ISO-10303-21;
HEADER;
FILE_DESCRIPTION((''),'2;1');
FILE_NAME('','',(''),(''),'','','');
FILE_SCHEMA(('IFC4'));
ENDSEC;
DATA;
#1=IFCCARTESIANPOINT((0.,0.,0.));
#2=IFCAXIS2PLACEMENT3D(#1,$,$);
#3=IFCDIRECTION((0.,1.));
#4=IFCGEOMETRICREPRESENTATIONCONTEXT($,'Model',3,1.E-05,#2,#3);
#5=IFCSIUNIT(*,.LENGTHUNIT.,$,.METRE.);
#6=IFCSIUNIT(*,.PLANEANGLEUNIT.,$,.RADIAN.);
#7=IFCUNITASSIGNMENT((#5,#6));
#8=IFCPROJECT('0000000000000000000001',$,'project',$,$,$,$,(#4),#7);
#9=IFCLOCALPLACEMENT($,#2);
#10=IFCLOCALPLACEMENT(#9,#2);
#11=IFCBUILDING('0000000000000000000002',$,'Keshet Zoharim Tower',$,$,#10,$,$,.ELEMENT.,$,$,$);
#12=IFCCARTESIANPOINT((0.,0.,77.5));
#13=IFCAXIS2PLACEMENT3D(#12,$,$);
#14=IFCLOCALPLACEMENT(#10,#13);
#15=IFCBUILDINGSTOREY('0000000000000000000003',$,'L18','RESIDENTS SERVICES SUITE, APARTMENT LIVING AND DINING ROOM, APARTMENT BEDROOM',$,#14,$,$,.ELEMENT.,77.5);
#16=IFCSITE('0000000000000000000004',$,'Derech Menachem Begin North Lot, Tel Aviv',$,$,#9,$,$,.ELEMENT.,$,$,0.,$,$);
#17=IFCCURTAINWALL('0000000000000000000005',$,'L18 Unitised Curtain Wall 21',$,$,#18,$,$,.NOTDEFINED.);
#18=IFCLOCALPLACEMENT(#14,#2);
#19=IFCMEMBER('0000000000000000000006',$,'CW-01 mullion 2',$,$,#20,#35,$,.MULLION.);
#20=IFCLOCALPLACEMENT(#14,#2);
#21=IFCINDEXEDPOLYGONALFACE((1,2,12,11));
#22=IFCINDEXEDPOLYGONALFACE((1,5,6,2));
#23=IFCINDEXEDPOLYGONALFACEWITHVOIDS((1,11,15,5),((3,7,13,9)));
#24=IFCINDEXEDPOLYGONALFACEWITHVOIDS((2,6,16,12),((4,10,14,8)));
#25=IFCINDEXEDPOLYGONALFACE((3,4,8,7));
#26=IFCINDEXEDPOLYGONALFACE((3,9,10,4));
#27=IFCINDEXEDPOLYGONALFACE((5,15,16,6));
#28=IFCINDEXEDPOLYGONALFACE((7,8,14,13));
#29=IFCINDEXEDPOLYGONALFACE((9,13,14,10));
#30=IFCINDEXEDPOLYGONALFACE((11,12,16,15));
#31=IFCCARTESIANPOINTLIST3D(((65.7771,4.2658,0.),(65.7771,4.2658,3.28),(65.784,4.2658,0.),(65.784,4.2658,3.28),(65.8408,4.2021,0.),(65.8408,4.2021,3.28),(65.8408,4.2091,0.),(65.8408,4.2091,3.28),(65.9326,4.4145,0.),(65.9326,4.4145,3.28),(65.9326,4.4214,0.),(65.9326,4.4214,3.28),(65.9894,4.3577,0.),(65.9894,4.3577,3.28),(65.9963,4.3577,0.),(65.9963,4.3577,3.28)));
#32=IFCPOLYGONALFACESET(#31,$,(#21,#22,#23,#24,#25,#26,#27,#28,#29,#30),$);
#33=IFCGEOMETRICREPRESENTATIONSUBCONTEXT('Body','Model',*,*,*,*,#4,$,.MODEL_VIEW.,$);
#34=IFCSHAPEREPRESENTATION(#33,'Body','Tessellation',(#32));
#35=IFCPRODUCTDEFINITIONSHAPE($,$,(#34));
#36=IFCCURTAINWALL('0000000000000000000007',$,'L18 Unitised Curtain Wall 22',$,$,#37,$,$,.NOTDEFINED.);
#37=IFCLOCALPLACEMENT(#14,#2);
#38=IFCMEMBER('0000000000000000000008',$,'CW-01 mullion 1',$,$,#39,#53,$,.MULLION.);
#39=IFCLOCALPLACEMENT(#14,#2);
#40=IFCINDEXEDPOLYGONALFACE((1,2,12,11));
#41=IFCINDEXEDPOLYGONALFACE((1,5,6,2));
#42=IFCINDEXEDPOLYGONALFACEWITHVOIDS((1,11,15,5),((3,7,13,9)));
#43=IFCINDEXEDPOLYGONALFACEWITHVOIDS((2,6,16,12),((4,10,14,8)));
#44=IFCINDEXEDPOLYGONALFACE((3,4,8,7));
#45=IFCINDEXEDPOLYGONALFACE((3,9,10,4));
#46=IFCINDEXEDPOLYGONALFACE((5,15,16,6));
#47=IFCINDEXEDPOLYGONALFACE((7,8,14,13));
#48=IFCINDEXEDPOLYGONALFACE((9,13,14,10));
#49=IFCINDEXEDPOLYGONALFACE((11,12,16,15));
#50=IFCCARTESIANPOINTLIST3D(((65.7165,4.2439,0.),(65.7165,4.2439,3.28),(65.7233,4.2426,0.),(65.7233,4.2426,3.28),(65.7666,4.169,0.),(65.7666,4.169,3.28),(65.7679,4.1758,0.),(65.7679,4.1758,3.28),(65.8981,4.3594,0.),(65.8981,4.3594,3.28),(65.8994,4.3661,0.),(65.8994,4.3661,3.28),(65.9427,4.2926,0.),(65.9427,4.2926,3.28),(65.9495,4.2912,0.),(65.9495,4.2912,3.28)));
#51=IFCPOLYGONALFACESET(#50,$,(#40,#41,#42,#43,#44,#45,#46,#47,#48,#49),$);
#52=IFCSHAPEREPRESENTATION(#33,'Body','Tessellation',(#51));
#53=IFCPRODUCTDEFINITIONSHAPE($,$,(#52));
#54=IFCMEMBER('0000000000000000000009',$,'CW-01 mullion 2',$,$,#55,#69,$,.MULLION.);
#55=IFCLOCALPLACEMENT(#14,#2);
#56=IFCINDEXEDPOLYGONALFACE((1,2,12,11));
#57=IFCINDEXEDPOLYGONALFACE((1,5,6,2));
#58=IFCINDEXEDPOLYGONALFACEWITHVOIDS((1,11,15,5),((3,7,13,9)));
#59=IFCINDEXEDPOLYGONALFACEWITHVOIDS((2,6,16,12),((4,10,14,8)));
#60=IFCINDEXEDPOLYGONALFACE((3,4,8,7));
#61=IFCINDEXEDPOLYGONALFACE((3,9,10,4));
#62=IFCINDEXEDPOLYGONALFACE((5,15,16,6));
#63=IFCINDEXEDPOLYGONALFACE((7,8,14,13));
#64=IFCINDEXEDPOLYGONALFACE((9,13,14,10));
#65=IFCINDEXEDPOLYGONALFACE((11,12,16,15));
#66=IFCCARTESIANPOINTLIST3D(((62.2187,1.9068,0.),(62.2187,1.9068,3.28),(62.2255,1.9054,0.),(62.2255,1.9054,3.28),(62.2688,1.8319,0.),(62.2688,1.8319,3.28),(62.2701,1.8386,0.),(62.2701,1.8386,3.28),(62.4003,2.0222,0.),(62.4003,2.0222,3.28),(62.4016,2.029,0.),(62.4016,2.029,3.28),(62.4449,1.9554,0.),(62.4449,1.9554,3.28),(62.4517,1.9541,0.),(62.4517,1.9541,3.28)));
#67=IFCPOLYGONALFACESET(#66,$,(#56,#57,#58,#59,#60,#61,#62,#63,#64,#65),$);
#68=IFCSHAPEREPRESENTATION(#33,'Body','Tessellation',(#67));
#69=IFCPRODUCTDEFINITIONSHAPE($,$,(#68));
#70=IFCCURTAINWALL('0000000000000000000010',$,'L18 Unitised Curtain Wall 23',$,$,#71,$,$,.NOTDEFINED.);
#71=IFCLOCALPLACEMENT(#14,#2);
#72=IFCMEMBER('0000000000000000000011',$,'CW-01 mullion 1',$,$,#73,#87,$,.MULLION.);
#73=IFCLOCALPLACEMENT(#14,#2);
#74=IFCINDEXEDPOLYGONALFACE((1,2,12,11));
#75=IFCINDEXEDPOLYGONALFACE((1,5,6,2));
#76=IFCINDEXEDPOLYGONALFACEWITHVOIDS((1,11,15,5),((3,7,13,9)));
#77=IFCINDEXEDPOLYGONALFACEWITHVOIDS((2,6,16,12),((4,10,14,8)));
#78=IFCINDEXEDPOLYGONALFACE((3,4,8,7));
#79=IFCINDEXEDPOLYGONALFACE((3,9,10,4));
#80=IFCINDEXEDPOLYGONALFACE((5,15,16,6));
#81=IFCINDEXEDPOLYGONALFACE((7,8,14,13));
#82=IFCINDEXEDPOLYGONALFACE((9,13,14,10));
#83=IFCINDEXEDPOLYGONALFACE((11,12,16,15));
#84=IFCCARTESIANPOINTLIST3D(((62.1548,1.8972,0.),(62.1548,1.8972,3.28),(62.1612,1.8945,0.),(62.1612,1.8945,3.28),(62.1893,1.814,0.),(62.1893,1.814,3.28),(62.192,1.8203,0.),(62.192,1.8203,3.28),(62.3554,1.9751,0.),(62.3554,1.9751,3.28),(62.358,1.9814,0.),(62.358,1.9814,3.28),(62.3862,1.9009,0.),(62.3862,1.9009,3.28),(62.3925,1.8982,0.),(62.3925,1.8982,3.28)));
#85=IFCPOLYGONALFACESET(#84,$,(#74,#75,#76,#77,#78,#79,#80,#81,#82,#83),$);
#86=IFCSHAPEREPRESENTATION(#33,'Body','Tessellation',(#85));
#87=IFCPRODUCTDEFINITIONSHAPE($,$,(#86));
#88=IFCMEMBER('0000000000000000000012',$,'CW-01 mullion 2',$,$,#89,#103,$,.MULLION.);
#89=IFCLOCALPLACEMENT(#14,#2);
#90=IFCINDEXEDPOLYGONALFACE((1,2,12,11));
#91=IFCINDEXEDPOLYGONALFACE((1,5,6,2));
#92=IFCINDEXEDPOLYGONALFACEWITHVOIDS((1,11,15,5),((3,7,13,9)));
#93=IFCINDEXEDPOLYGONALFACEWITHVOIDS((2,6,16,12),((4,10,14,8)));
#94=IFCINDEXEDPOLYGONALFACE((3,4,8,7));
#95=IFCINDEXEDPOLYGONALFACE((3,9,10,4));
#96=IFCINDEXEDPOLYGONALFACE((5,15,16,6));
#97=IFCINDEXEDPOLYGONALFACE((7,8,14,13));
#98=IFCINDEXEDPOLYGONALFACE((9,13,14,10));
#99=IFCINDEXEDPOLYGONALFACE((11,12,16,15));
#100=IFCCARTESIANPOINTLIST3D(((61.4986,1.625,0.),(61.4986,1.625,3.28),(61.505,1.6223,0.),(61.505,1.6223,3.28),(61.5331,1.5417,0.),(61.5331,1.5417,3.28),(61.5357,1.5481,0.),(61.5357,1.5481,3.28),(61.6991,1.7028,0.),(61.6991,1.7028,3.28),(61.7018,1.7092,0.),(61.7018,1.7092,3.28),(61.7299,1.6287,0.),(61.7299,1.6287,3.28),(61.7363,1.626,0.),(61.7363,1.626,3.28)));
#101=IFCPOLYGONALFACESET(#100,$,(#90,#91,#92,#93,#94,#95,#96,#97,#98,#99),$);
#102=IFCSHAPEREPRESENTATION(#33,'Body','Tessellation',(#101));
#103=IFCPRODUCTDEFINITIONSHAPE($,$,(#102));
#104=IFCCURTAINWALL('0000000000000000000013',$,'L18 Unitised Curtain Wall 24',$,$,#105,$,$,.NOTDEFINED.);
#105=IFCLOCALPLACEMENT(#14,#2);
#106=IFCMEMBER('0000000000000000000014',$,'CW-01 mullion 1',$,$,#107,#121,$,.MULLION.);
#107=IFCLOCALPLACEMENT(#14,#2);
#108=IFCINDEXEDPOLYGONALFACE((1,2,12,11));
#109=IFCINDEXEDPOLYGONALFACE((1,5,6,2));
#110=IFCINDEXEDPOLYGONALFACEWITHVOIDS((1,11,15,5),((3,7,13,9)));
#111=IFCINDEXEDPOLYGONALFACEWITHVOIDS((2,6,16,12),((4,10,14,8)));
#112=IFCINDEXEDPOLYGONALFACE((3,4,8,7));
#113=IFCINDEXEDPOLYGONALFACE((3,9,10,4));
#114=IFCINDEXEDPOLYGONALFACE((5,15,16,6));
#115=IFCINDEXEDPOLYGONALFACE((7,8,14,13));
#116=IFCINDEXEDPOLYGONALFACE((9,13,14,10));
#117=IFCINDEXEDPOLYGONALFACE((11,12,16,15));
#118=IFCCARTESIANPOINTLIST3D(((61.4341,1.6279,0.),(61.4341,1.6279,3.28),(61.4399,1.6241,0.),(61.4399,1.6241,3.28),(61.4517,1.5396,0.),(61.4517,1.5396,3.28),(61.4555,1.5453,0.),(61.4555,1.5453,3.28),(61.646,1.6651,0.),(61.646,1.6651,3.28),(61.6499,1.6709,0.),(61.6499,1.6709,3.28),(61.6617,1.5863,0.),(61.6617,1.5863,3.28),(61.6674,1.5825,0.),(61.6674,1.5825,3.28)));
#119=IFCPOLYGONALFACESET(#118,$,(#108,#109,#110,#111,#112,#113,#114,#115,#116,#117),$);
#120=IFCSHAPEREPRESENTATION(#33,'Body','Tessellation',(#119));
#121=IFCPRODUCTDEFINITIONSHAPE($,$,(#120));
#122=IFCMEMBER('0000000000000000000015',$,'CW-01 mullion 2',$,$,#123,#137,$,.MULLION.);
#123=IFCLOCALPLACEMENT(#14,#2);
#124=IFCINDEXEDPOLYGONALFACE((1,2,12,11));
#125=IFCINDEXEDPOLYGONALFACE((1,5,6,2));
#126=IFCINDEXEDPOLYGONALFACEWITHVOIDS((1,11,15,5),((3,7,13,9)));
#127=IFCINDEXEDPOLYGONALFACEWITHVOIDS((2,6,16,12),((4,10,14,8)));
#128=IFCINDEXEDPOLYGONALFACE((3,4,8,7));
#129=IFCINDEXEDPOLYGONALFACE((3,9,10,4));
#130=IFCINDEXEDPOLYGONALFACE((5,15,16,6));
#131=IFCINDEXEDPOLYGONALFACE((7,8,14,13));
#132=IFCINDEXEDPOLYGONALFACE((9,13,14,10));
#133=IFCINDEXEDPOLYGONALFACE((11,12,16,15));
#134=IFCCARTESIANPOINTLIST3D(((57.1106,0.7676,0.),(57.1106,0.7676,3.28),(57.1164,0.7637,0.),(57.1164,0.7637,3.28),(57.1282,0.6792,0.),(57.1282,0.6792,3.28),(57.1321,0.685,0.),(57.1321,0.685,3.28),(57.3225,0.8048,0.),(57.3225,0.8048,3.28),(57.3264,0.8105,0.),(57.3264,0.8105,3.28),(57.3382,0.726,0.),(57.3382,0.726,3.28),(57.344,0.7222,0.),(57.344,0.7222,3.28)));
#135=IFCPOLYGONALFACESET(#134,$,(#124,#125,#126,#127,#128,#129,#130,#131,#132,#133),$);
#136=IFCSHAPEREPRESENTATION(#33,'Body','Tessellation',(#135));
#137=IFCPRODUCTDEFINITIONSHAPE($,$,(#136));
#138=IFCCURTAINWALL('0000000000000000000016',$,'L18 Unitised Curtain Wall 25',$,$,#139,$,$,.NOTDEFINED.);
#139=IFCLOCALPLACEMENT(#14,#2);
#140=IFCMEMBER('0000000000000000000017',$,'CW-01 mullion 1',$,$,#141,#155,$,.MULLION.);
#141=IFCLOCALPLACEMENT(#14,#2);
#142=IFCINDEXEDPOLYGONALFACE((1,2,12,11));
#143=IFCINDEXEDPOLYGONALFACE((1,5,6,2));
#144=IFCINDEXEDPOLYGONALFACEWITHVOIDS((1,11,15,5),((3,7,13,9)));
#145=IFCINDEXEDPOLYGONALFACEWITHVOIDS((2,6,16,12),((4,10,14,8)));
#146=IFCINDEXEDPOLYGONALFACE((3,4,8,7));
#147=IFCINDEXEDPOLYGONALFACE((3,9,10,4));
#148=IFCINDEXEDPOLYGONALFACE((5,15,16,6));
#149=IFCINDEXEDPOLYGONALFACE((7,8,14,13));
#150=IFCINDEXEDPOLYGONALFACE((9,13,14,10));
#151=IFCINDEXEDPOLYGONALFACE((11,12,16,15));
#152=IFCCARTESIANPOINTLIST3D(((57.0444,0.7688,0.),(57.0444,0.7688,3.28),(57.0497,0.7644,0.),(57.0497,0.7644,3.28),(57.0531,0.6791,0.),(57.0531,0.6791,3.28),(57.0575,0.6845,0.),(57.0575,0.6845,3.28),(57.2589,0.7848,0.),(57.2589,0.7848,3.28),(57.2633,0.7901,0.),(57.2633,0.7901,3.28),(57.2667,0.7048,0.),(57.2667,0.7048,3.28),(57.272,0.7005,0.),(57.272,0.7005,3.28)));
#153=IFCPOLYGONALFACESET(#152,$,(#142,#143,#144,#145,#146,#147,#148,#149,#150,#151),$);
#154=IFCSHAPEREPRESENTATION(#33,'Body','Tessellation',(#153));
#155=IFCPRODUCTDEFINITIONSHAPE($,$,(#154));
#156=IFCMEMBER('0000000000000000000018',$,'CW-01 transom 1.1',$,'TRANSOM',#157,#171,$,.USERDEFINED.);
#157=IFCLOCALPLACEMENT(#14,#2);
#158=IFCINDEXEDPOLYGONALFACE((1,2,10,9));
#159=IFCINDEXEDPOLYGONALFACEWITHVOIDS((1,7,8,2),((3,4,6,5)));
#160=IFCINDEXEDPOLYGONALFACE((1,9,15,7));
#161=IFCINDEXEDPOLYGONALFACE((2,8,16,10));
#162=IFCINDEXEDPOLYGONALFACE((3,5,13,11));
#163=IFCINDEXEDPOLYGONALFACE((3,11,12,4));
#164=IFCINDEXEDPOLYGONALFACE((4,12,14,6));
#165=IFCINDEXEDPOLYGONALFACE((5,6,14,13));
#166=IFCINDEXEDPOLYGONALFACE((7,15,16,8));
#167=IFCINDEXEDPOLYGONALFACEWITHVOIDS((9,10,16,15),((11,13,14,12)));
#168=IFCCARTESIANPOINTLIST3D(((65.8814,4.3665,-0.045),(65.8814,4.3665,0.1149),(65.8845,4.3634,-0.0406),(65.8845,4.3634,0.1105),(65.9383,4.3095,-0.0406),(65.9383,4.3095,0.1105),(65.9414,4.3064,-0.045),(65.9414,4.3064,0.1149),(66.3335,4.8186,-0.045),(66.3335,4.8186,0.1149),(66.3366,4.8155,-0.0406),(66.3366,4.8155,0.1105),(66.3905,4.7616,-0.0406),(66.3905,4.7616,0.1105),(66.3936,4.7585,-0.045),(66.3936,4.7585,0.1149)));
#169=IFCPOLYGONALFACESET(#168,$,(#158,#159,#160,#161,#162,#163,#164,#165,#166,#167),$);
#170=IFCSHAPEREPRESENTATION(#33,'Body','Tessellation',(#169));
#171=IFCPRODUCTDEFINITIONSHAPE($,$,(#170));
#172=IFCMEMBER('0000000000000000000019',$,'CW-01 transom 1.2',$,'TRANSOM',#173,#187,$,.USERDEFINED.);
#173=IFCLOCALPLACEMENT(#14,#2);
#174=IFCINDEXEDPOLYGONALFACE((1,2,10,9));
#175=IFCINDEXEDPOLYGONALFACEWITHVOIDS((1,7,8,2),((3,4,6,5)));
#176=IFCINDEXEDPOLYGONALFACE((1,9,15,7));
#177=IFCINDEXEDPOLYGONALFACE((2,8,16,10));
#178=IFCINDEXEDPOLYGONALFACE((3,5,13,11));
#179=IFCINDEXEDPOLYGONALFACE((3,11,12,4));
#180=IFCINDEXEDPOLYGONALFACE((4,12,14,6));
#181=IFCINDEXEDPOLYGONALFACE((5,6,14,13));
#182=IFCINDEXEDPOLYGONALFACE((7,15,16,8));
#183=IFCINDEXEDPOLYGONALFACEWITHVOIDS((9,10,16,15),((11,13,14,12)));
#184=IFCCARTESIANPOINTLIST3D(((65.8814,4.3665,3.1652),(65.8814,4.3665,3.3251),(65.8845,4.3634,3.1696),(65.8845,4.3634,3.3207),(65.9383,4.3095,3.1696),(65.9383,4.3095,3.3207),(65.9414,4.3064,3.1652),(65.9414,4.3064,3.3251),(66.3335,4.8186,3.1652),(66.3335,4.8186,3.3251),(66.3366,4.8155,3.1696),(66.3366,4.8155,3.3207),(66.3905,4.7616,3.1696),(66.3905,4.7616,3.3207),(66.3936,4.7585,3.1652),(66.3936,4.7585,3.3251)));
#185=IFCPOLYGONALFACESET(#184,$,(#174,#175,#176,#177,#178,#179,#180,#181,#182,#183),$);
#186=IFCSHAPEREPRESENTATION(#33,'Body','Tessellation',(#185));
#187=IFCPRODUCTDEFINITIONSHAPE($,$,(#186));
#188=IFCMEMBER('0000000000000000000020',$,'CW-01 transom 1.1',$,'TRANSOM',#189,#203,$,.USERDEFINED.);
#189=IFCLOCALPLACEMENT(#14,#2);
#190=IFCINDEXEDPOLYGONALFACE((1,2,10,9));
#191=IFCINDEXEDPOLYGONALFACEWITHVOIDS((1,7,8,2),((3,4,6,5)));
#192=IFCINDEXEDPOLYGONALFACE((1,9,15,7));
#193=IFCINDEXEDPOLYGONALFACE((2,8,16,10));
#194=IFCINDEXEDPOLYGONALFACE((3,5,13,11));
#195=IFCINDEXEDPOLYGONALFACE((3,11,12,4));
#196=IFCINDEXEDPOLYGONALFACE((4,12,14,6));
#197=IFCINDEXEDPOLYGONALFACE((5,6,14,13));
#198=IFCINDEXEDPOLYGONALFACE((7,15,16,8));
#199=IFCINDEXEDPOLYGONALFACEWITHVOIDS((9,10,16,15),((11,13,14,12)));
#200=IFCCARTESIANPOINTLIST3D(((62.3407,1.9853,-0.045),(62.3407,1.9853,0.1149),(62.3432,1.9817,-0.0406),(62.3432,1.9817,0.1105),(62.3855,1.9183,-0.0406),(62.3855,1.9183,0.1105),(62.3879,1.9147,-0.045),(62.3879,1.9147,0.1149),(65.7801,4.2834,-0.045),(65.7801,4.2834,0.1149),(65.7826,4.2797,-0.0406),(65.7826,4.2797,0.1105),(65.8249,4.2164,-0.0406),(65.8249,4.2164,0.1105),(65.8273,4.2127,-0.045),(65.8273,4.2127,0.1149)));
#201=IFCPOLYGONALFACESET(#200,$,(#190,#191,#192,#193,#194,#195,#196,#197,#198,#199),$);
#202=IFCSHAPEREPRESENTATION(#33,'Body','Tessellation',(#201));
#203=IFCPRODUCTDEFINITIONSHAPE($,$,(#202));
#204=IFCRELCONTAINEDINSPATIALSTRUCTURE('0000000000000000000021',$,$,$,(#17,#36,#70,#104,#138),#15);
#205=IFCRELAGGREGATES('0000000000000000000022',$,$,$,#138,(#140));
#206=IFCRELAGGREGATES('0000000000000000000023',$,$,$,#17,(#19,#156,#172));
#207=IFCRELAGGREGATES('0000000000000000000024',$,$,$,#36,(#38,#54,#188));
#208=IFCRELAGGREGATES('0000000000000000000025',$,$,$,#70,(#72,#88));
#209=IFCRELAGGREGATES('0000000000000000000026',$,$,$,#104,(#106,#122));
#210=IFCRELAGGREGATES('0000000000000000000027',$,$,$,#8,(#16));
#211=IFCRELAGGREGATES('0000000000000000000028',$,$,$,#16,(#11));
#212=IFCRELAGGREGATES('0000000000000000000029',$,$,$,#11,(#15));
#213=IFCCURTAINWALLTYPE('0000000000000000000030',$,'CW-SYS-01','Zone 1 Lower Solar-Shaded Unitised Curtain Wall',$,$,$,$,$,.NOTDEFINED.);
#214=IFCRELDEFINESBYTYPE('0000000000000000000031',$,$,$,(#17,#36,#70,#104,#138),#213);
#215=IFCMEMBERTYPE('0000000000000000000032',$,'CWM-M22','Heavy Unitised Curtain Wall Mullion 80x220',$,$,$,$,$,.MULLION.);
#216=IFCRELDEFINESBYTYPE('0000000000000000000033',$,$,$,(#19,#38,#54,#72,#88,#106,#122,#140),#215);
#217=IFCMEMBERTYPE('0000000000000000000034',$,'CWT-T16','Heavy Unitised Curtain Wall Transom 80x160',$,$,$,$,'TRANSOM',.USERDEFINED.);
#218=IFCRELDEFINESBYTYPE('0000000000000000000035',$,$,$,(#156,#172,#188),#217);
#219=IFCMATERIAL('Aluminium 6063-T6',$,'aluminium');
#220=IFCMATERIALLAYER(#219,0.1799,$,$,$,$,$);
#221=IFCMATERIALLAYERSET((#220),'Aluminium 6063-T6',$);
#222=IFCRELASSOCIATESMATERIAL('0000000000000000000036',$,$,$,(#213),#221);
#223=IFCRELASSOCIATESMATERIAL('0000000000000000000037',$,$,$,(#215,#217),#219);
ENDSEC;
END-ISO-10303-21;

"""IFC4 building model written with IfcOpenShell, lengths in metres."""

from ifc_helpers import new_model, si_unit, direction, frame, origin, origin_2d, place, context, subcontext, project, spatial, hollow_rectangle, extrude, material, layer, layer_set, material_profile, profile_set, type_object, element, aggregate, save


model = new_model("IFC4")

# Units and contexts
model_context = context("Model", 3, precision=1e-05, world=origin(), true_north=direction((0.0, 1.0)))
body_context = subcontext(model_context, "Body", "Model", "MODEL_VIEW")
ifc_project = project(units=[si_unit("LENGTHUNIT", "METRE"), si_unit("PLANEANGLEUNIT", "RADIAN")], contexts=[model_context])

# Site, building, storey
site_placement = place(None, origin())
site = spatial("IfcSite", under=ifc_project, at=site_placement, Name="Derech Menachem Begin North Lot, Tel Aviv", CompositionType="ELEMENT", RefElevation=0.0)
building_placement = place(site_placement, origin())
building = spatial("IfcBuilding", under=site, at=building_placement, Name="Keshet Zoharim Tower", CompositionType="ELEMENT")
storey_placement = place(building_placement, frame((0.0, 0.0, 77.5)))
storey = spatial("IfcBuildingStorey", under=building, at=storey_placement, Name="L18", Description="RESIDENTS SERVICES SUITE, APARTMENT LIVING AND DINING ROOM, APARTMENT BEDROOM", CompositionType="ELEMENT", Elevation=77.5)

# Shared definitions
ifc_material_1 = material(Name="Aluminium 6063-T6", Category="aluminium")
ifc_layer_1 = layer(ifc_material_1, 0.1799)
ifc_layer_set_1 = layer_set([ifc_layer_1], Name="Aluminium 6063-T6")
curtain_wall_type = type_object("IfcCurtainWallType", Name="CW-SYS-01", Description="Zone 1 Lower Solar-Shaded Unitised Curtain Wall", PredefinedType="NOTDEFINED", material=ifc_layer_set_1)
ifc_material_profile_1 = material_profile(ifc_material_1, hollow_rectangle(XDim=0.0901, YDim=0.22, WallThickness=0.0049, at=origin_2d()), Name="MUL-90x220")
ifc_profile_set_1 = profile_set([ifc_material_profile_1], Name="Aluminium 6063-T6")
member_type_1 = type_object("IfcMemberType", Name="CWM-M22", Description="Heavy Unitised Curtain Wall Mullion 80x220", PredefinedType="MULLION", material=ifc_profile_set_1)

# Curtain walls, members
curtain_wall_1_placement = place(storey_placement, origin())
curtain_wall_1 = element("IfcCurtainWall", 1, at=curtain_wall_1_placement, inside=storey, type_object=curtain_wall_type, Name="L18 Unitised Curtain Wall 21", PredefinedType="NOTDEFINED")
member_1_placement = place(storey_placement, frame((65.8867, 4.3118, 0.0), z_axis=(0.0, 0.0, 1.0), x_axis=(0.707107, -0.707107, 0.0)))
member_1 = element("IfcMember", 2, at=member_1_placement, type_object=member_type_1, Name="CW-01 mullion 2", PredefinedType="MULLION", context=body_context, shape_type="SweptSolid", body=[
    extrude(hollow_rectangle(XDim=0.0901, YDim=0.22, WallThickness=0.0049, at=origin_2d()), origin(), (0.0, 0.0, 1.0), 3.28),
])
curtain_wall_2_placement = place(storey_placement, origin())
curtain_wall_2 = element("IfcCurtainWall", 3, at=curtain_wall_2_placement, inside=storey, type_object=curtain_wall_type, Name="L18 Unitised Curtain Wall 22", PredefinedType="NOTDEFINED")
member_2_placement = place(storey_placement, frame((65.833, 4.2676, 0.0), z_axis=(0.0, 0.0, 1.0), x_axis=(0.555563, -0.831474, 0.0)))
member_2 = element("IfcMember", 4, at=member_2_placement, type_object=member_type_1, Name="CW-01 mullion 1", PredefinedType="MULLION", context=body_context, shape_type="SweptSolid", body=[
    extrude(hollow_rectangle(XDim=0.0901, YDim=0.22, WallThickness=0.0049, at=origin_2d()), origin(), (0.0, 0.0, 1.0), 3.28),
])
member_3_placement = place(storey_placement, frame((62.3352, 1.9304, 0.0), z_axis=(0.0, 0.0, 1.0), x_axis=(0.555563, -0.831474, 0.0)))
member_3 = element("IfcMember", 5, at=member_3_placement, type_object=member_type_1, Name="CW-01 mullion 2", PredefinedType="MULLION", context=body_context, shape_type="SweptSolid", body=[
    extrude(hollow_rectangle(XDim=0.0901, YDim=0.22, WallThickness=0.0049, at=origin_2d()), origin(), (0.0, 0.0, 1.0), 3.28),
])
curtain_wall_3_placement = place(storey_placement, origin())
curtain_wall_3 = element("IfcCurtainWall", 6, at=curtain_wall_3_placement, inside=storey, type_object=curtain_wall_type, Name="L18 Unitised Curtain Wall 23", PredefinedType="NOTDEFINED")
member_4_placement = place(storey_placement, frame((62.2737, 1.8977, 0.0), z_axis=(0.0, 0.0, 1.0), x_axis=(0.383068, -0.92372, 0.0)))
member_4 = element("IfcMember", 7, at=member_4_placement, type_object=member_type_1, Name="CW-01 mullion 1", PredefinedType="MULLION", context=body_context, shape_type="SweptSolid", body=[
    extrude(hollow_rectangle(XDim=0.0901, YDim=0.22, WallThickness=0.0049, at=origin_2d()), origin(), (0.0, 0.0, 1.0), 3.28),
])
member_5_placement = place(storey_placement, frame((61.6174, 1.6255, 0.0), z_axis=(0.0, 0.0, 1.0), x_axis=(0.383068, -0.92372, 0.0)))
member_5 = element("IfcMember", 8, at=member_5_placement, type_object=member_type_1, Name="CW-01 mullion 2", PredefinedType="MULLION", context=body_context, shape_type="SweptSolid", body=[
    extrude(hollow_rectangle(XDim=0.0901, YDim=0.22, WallThickness=0.0049, at=origin_2d()), origin(), (0.0, 0.0, 1.0), 3.28),
])
curtain_wall_4_placement = place(storey_placement, origin())
curtain_wall_4 = element("IfcCurtainWall", 9, at=curtain_wall_4_placement, inside=storey, type_object=curtain_wall_type, Name="L18 Unitised Curtain Wall 24", PredefinedType="NOTDEFINED")
member_6_placement = place(storey_placement, frame((61.5508, 1.6052, 0.0), z_axis=(0.0, 0.0, 1.0), x_axis=(0.195171, -0.980769, 0.0)))
member_6 = element("IfcMember", 10, at=member_6_placement, type_object=member_type_1, Name="CW-01 mullion 1", PredefinedType="MULLION", context=body_context, shape_type="SweptSolid", body=[
    extrude(hollow_rectangle(XDim=0.0901, YDim=0.22, WallThickness=0.0049, at=origin_2d()), origin(), (0.0, 0.0, 1.0), 3.28),
])
member_7_placement = place(storey_placement, frame((57.2273, 0.7449, 0.0), z_axis=(0.0, 0.0, 1.0), x_axis=(0.195171, -0.980769, 0.0)))
member_7 = element("IfcMember", 11, at=member_7_placement, type_object=member_type_1, Name="CW-01 mullion 2", PredefinedType="MULLION", context=body_context, shape_type="SweptSolid", body=[
    extrude(hollow_rectangle(XDim=0.0901, YDim=0.22, WallThickness=0.0049, at=origin_2d()), origin(), (0.0, 0.0, 1.0), 3.28),
])

# Curtain wall, member
curtain_wall_5_placement = place(storey_placement, origin())
curtain_wall_5 = element("IfcCurtainWall", 12, at=curtain_wall_5_placement, inside=storey, type_object=curtain_wall_type, Name="L18 Unitised Curtain Wall 25", PredefinedType="NOTDEFINED")
member_8_placement = place(storey_placement, frame((57.1582, 0.7346, 0.0), z_axis=(0.0, 0.0, 1.0), x_axis=(0.096977, -0.995287, 0.0)))
member_8 = element("IfcMember", 13, at=member_8_placement, type_object=member_type_1, Name="CW-01 mullion 1", PredefinedType="MULLION", context=body_context, shape_type="SweptSolid", body=[
    extrude(hollow_rectangle(XDim=0.0901, YDim=0.22, WallThickness=0.0049, at=origin_2d()), origin(), (0.0, 0.0, 1.0), 3.28),
])

# Members
ifc_material_profile_2 = material_profile(ifc_material_1, hollow_rectangle(XDim=0.085, YDim=0.1599, WallThickness=0.0044, at=origin_2d()), Name="TRN-85x160")
ifc_profile_set_2 = profile_set([ifc_material_profile_2], Name="Aluminium 6063-T6")
member_type_2 = type_object("IfcMemberType", Name="CWT-T16", Description="Heavy Unitised Curtain Wall Transom 80x160", ElementType="TRANSOM", PredefinedType="USERDEFINED", material=ifc_profile_set_2)
member_9_placement = place(storey_placement, frame((66.3635, 4.7886, 0.0349), z_axis=(-0.707107, -0.707107, 0.0), x_axis=(0.707107, -0.707107, 0.0)))
member_9 = element("IfcMember", 14, at=member_9_placement, type_object=member_type_2, Name="CW-01 transom 1.1", ObjectType="TRANSOM", PredefinedType="USERDEFINED", context=body_context, shape_type="SweptSolid", body=[
    extrude(hollow_rectangle(XDim=0.085, YDim=0.1599, WallThickness=0.0044, at=origin_2d()), origin(), (0.0, 0.0, 1.0), 0.6394),
])
member_10_placement = place(storey_placement, frame((66.3635, 4.7886, 3.2451), z_axis=(-0.707107, -0.707107, 0.0), x_axis=(0.707107, -0.707107, 0.0)))
member_10 = element("IfcMember", 15, at=member_10_placement, type_object=member_type_2, Name="CW-01 transom 1.2", ObjectType="TRANSOM", PredefinedType="USERDEFINED", context=body_context, shape_type="SweptSolid", body=[
    extrude(hollow_rectangle(XDim=0.085, YDim=0.1599, WallThickness=0.0044, at=origin_2d()), origin(), (0.0, 0.0, 1.0), 0.6394),
])
member_11_placement = place(storey_placement, frame((65.8037, 4.248, 0.0349), z_axis=(-0.831478, -0.555558, 0.0), x_axis=(0.555558, -0.831478, 0.0)))
member_11 = element("IfcMember", 16, at=member_11_placement, type_object=member_type_2, Name="CW-01 transom 1.1", ObjectType="TRANSOM", PredefinedType="USERDEFINED", context=body_context, shape_type="SweptSolid", body=[
    extrude(hollow_rectangle(XDim=0.085, YDim=0.1599, WallThickness=0.0044, at=origin_2d()), origin(), (0.0, 0.0, 1.0), 4.1365),
])
aggregate(curtain_wall_5, [member_8])

aggregate(curtain_wall_1, [member_1, member_9, member_10])
aggregate(curtain_wall_2, [member_2, member_3, member_11])
aggregate(curtain_wall_3, [member_4, member_5])
aggregate(curtain_wall_4, [member_6, member_7])

save(model, "model.ifc")
